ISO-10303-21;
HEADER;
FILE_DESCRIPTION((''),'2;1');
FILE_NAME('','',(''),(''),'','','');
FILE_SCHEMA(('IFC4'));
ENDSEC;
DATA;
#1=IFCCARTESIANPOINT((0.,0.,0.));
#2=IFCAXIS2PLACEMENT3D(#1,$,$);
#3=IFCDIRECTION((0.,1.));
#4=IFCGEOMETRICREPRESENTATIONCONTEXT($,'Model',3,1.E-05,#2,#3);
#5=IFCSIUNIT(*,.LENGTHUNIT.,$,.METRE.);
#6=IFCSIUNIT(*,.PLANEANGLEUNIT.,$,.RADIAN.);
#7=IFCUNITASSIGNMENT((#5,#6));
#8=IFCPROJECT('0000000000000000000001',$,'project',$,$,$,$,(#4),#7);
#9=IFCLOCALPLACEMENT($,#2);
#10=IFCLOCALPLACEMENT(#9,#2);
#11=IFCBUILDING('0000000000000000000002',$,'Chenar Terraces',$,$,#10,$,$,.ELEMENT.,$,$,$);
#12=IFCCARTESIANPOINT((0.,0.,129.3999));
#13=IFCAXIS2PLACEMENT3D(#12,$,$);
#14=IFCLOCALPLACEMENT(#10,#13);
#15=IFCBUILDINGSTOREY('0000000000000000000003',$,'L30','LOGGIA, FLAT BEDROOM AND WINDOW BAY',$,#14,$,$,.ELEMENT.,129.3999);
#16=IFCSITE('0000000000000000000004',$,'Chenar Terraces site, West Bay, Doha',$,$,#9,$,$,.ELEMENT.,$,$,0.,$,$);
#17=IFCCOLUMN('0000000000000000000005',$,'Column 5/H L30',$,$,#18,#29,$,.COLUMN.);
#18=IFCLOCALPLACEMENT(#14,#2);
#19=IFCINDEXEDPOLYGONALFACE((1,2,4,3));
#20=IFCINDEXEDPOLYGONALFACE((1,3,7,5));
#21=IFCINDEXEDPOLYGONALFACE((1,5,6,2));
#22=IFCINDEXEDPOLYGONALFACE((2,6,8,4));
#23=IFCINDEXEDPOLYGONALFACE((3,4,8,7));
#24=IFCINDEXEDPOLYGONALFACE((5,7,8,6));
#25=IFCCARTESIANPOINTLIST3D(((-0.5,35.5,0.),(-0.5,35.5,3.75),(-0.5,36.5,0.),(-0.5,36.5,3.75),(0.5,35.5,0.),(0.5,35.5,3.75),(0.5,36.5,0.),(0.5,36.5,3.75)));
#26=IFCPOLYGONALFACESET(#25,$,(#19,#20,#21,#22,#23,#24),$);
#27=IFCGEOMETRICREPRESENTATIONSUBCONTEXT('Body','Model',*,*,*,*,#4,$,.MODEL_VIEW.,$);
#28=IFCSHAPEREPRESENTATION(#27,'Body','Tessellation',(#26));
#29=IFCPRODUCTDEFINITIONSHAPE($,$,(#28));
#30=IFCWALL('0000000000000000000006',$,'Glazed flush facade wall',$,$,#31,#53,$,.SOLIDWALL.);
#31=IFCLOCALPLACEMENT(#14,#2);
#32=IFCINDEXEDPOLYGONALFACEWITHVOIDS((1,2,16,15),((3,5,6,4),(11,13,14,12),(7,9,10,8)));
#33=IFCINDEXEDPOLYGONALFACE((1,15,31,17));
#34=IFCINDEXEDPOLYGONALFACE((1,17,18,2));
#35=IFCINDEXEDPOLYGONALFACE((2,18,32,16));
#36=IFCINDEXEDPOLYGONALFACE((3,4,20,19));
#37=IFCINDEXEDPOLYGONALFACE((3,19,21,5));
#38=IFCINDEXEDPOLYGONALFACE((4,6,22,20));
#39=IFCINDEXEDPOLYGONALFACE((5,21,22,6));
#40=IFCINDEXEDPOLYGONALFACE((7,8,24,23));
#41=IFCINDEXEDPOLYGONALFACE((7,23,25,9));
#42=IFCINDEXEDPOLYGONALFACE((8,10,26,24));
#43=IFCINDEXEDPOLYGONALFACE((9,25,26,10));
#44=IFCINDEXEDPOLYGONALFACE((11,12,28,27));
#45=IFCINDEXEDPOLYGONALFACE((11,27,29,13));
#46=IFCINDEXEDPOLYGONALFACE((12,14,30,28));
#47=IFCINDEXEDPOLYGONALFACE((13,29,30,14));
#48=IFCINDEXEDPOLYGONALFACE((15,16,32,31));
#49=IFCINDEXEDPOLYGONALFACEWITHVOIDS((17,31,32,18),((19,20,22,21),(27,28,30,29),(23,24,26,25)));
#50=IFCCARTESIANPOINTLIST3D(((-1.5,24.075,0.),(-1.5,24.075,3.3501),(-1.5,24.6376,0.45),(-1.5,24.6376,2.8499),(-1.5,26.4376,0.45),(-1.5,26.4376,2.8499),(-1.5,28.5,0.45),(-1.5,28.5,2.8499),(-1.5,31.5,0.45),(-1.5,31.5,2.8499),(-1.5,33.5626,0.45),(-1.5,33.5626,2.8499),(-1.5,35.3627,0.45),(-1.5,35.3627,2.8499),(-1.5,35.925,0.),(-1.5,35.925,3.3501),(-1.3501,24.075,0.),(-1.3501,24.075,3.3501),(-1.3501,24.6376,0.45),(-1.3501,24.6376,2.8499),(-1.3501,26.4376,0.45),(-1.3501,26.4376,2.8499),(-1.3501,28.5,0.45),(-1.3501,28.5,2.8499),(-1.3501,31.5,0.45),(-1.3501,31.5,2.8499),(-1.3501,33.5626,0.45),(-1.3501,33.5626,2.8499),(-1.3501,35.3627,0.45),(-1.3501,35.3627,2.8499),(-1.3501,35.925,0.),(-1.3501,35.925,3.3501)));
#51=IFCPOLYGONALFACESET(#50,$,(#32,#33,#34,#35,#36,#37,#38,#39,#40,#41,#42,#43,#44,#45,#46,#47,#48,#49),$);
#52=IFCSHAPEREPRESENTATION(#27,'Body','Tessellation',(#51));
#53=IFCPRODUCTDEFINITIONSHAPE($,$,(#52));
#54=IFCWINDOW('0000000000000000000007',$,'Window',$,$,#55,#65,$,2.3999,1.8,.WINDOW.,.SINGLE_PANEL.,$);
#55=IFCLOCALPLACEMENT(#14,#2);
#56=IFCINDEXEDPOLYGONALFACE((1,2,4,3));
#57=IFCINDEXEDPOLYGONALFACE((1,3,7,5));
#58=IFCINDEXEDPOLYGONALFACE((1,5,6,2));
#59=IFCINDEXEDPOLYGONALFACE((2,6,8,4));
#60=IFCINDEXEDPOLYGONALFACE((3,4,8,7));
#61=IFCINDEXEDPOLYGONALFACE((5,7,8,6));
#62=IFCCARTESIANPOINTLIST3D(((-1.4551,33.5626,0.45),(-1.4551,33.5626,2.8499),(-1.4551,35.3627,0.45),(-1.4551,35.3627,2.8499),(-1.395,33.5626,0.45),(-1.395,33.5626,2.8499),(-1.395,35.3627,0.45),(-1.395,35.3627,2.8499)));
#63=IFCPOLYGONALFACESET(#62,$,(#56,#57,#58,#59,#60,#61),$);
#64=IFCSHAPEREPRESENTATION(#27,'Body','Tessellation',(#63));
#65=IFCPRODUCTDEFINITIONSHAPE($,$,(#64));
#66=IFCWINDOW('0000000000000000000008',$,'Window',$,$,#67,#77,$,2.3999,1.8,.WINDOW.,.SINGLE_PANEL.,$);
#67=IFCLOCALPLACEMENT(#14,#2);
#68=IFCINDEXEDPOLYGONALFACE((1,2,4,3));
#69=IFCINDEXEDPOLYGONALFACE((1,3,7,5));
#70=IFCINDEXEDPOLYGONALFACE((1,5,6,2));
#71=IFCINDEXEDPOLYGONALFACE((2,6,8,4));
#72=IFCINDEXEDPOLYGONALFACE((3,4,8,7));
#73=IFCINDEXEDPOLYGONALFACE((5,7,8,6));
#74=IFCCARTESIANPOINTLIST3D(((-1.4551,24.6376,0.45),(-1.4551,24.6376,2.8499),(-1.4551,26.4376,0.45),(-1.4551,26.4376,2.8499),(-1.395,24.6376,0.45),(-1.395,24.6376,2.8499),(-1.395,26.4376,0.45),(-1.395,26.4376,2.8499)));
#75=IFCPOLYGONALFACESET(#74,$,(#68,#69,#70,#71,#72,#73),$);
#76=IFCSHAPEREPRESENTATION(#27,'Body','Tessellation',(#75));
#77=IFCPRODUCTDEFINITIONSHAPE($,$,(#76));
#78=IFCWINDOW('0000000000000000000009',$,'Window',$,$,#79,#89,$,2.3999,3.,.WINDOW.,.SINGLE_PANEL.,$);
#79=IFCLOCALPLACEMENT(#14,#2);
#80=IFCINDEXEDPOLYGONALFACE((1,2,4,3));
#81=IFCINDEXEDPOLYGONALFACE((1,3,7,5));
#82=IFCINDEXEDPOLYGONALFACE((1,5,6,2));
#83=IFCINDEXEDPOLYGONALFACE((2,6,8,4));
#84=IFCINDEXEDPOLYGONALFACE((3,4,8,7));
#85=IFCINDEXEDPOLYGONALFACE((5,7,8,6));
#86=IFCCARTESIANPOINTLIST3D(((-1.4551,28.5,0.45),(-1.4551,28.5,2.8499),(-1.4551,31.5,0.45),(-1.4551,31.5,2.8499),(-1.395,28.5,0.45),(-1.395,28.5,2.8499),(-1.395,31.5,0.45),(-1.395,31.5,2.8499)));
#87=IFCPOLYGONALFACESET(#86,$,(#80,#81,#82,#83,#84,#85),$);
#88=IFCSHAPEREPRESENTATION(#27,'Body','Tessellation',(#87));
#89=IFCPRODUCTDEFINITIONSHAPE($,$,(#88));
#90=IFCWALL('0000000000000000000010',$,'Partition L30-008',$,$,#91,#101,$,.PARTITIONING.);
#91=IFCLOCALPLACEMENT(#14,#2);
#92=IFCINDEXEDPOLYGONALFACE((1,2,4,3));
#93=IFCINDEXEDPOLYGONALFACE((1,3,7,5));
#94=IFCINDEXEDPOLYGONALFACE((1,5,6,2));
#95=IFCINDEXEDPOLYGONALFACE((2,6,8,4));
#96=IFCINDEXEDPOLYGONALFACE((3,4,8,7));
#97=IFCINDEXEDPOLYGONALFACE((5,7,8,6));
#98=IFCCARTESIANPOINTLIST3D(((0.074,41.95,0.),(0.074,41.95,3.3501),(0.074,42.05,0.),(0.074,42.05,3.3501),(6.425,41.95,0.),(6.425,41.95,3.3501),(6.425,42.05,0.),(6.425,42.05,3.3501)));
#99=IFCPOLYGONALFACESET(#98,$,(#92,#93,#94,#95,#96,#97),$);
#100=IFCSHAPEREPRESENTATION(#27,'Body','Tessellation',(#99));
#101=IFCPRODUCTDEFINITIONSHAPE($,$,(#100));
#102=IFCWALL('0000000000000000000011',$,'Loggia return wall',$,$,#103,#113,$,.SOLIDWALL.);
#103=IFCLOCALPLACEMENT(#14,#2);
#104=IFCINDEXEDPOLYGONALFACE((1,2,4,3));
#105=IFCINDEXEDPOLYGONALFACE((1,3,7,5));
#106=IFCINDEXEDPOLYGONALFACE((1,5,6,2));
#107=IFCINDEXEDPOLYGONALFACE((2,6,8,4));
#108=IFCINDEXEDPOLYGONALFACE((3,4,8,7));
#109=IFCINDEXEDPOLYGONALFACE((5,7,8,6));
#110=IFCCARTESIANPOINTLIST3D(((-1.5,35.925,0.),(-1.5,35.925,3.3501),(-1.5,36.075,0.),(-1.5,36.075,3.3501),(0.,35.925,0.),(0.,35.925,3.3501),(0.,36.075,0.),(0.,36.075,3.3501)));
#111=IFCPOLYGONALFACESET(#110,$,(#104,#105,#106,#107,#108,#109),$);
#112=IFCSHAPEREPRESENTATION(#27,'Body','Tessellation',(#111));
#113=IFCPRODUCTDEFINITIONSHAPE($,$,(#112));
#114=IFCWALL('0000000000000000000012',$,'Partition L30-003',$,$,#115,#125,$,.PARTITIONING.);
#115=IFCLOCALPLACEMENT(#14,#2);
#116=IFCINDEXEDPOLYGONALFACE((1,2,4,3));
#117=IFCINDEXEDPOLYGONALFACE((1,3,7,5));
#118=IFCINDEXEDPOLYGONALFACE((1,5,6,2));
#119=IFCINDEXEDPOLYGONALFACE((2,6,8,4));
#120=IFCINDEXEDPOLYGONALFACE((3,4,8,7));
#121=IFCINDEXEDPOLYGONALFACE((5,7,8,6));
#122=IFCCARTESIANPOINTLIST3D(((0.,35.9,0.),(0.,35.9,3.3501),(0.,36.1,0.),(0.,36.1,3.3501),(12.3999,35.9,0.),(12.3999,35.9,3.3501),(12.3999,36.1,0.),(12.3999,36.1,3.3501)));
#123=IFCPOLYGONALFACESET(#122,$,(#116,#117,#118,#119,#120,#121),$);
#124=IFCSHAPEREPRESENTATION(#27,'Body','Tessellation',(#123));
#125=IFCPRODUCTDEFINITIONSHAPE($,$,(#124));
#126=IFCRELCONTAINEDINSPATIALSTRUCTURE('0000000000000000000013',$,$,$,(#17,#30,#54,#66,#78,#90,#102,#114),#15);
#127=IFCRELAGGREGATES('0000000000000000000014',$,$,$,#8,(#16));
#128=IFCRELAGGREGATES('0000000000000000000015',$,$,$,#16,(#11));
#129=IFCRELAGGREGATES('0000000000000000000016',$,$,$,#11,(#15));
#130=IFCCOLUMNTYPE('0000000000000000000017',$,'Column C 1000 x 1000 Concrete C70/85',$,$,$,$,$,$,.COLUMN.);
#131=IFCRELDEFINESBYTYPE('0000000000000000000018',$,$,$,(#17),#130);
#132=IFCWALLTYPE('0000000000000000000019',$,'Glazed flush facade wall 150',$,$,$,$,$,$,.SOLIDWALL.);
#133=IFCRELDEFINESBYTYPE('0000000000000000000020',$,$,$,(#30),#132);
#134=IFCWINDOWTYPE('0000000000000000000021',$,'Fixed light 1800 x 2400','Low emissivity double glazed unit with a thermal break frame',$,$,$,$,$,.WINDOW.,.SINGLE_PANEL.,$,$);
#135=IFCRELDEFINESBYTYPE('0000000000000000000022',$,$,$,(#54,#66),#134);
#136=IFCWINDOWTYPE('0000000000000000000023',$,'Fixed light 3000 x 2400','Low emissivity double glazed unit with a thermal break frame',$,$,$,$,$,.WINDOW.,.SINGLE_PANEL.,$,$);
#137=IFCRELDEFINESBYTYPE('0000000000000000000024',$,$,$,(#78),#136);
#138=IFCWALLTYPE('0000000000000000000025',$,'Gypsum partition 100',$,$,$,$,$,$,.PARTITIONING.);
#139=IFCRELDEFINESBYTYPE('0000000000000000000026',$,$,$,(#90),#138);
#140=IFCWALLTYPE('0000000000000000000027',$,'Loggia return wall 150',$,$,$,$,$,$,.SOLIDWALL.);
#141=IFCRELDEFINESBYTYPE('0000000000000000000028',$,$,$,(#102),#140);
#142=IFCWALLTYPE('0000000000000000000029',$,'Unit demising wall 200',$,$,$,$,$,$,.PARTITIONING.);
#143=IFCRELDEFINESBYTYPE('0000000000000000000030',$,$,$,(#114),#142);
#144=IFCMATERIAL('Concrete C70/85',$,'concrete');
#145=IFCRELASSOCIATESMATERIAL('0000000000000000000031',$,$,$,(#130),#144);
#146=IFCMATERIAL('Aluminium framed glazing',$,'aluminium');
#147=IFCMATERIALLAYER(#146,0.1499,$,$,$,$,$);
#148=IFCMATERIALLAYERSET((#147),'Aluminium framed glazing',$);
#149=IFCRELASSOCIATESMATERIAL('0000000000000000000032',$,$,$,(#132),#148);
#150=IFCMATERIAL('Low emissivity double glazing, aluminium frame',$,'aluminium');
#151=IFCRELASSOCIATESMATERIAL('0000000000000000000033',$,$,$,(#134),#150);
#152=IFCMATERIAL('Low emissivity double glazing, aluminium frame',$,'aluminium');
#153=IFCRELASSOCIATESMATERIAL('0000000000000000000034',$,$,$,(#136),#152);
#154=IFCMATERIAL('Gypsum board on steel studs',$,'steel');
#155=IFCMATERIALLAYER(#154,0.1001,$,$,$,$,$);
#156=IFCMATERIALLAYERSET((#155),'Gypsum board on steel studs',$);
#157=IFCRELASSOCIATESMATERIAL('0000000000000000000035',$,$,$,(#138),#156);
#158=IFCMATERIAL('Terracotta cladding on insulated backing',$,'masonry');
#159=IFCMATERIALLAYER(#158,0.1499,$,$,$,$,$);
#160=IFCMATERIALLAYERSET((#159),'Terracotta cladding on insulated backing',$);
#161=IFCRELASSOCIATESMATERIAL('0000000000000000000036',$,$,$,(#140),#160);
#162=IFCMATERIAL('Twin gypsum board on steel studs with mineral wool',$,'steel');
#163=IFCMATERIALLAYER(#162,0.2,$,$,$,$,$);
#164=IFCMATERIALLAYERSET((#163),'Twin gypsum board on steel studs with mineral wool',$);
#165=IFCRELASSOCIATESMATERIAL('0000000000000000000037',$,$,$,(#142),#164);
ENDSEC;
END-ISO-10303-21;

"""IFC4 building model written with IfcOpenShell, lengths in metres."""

from ifc_helpers import new_model, si_unit, direction, frame, frame_2d, origin, origin_2d, place, context, subcontext, project, spatial, rectangle, extrude, material, layer, layer_set, material_profile, profile_set, type_object, element, fill, save


model = new_model("IFC4")

# Units and contexts
model_context = context("Model", 3, precision=1e-05, world=origin(), true_north=direction((0.0, 1.0)))
body_context = subcontext(model_context, "Body", "Model", "MODEL_VIEW")
ifc_project = project(units=[si_unit("LENGTHUNIT", "METRE"), si_unit("PLANEANGLEUNIT", "RADIAN")], contexts=[model_context])

# Site, building, storey
site_placement = place(None, origin())
site = spatial("IfcSite", under=ifc_project, at=site_placement, Name="Chenar Terraces site, West Bay, Doha", CompositionType="ELEMENT", RefElevation=0.0)
building_placement = place(site_placement, origin())
building = spatial("IfcBuilding", under=site, at=building_placement, Name="Chenar Terraces", CompositionType="ELEMENT")
storey_placement = place(building_placement, frame((0.0, 0.0, 129.3999)))
storey = spatial("IfcBuildingStorey", under=building, at=storey_placement, Name="L30", Description="LOGGIA, FLAT BEDROOM AND WINDOW BAY", CompositionType="ELEMENT", Elevation=129.3999)

# Column
ifc_material_1 = material(Name="Concrete C70/85", Category="concrete")
ifc_material_profile_1 = material_profile(ifc_material_1, rectangle(XDim=1.0, YDim=1.0, at=origin_2d()), Name="C 1000 x 1000")
ifc_profile_set_1 = profile_set([ifc_material_profile_1], Name="Concrete C70/85")
column_type = type_object("IfcColumnType", Name="Column C 1000 x 1000 Concrete C70/85", PredefinedType="COLUMN", material=ifc_profile_set_1)
placement = place(storey_placement, frame((0.0, 36.0, 0.0), z_axis=(0.0, 0.0, 1.0), x_axis=(1.0, 0.0, 0.0)))
element("IfcColumn", 1, at=placement, inside=storey, type_object=column_type, Name="Column 5/H L30", PredefinedType="COLUMN", context=body_context, shape_type="SweptSolid", body=[
    extrude(rectangle(XDim=1.0, YDim=1.0, at=origin_2d()), origin(), (0.0, 0.0, 1.0), 3.75),
])

# Wall, openings, windows
ifc_material_2 = material(Name="Aluminium framed glazing", Category="aluminium")
ifc_layer_1 = layer(ifc_material_2, 0.1499)
ifc_layer_set_1 = layer_set([ifc_layer_1], Name="Aluminium framed glazing")
wall_type_1 = type_object("IfcWallType", Name="Glazed flush facade wall 150", PredefinedType="SOLIDWALL", material=ifc_layer_set_1)
wall_1_placement = place(storey_placement, frame((-1.425, 35.925, 0.0), z_axis=(0.0, 0.0, 1.0), x_axis=(0.0, -1.0, 0.0)))
wall_1 = element("IfcWall", 2, at=wall_1_placement, inside=storey, type_object=wall_type_1, Name="Glazed flush facade wall", PredefinedType="SOLIDWALL", context=body_context, shape_type="SweptSolid", body=[
    extrude(rectangle(XDim=11.8501, YDim=0.1499, at=frame_2d((5.925, 0.0))), origin(), (0.0, 0.0, 1.0), 3.3501),
])
opening_1_placement = place(wall_1_placement, frame((0.5625, 0.0, 0.45)))
opening_1 = element("IfcOpeningElement", 3, at=opening_1_placement, cuts=wall_1, PredefinedType="OPENING", context=body_context, shape_type="SweptSolid", body=[
    extrude(rectangle(XDim=1.8, YDim=2.3999, at=frame_2d((0.8999, 1.2))), frame((0.0, 0.085, 0.0), z_axis=(0.0, -1.0, 0.0), x_axis=(1.0, 0.0, 0.0)), (0.0, 0.0, 1.0), 0.1699),
])
opening_2_placement = place(wall_1_placement, frame((4.425, 0.0, 0.45)))
opening_2 = element("IfcOpeningElement", 4, at=opening_2_placement, cuts=wall_1, PredefinedType="OPENING", context=body_context, shape_type="SweptSolid", body=[
    extrude(rectangle(XDim=3.0, YDim=2.3999, at=frame_2d((1.5, 1.2))), frame((0.0, 0.085, 0.0), z_axis=(0.0, -1.0, 0.0), x_axis=(1.0, 0.0, 0.0)), (0.0, 0.0, 1.0), 0.1699),
])
opening_3_placement = place(wall_1_placement, frame((9.4875, 0.0, 0.45)))
opening_3 = element("IfcOpeningElement", 5, at=opening_3_placement, cuts=wall_1, PredefinedType="OPENING", context=body_context, shape_type="SweptSolid", body=[
    extrude(rectangle(XDim=1.8, YDim=2.3999, at=frame_2d((0.8999, 1.2))), frame((0.0, 0.085, 0.0), z_axis=(0.0, -1.0, 0.0), x_axis=(1.0, 0.0, 0.0)), (0.0, 0.0, 1.0), 0.1699),
])
ifc_material_3 = material(Name="Low emissivity double glazing, aluminium frame", Category="aluminium")
window_type_1 = type_object("IfcWindowType", Name="Fixed light 1800 x 2400", Description="Low emissivity double glazed unit with a thermal break frame", PartitioningType="SINGLE_PANEL", PredefinedType="WINDOW", material=ifc_material_3)
window_1_placement = place(opening_1_placement, origin())
window_1 = element("IfcWindow", 6, at=window_1_placement, inside=storey, type_object=window_type_1, Name="Window", OverallHeight=2.3999, OverallWidth=1.8, PartitioningType="SINGLE_PANEL", PredefinedType="WINDOW", context=body_context, shape_type="SweptSolid", body=[
    extrude(rectangle(XDim=1.8, YDim=2.3999, at=frame_2d((0.8999, 1.2))), frame((0.0, 0.03, 0.0), z_axis=(0.0, -1.0, 0.0), x_axis=(1.0, 0.0, 0.0)), (0.0, 0.0, 1.0), 0.0601),
])
fill(opening_1, window_1)
window_2_placement = place(opening_3_placement, origin())
window_2 = element("IfcWindow", 7, at=window_2_placement, inside=storey, type_object=window_type_1, Name="Window", OverallHeight=2.3999, OverallWidth=1.8, PartitioningType="SINGLE_PANEL", PredefinedType="WINDOW", context=body_context, shape_type="SweptSolid", body=[
    extrude(rectangle(XDim=1.8, YDim=2.3999, at=frame_2d((0.8999, 1.2))), frame((0.0, 0.03, 0.0), z_axis=(0.0, -1.0, 0.0), x_axis=(1.0, 0.0, 0.0)), (0.0, 0.0, 1.0), 0.0601),
])
fill(opening_3, window_2)
ifc_material_4 = material(Name="Low emissivity double glazing, aluminium frame", Category="aluminium")
window_type_2 = type_object("IfcWindowType", Name="Fixed light 3000 x 2400", Description="Low emissivity double glazed unit with a thermal break frame", PartitioningType="SINGLE_PANEL", PredefinedType="WINDOW", material=ifc_material_4)
window_3_placement = place(opening_2_placement, origin())
window_3 = element("IfcWindow", 8, at=window_3_placement, inside=storey, type_object=window_type_2, Name="Window", OverallHeight=2.3999, OverallWidth=3.0, PartitioningType="SINGLE_PANEL", PredefinedType="WINDOW", context=body_context, shape_type="SweptSolid", body=[
    extrude(rectangle(XDim=3.0, YDim=2.3999, at=frame_2d((1.5, 1.2))), frame((0.0, 0.03, 0.0), z_axis=(0.0, -1.0, 0.0), x_axis=(1.0, 0.0, 0.0)), (0.0, 0.0, 1.0), 0.0601),
])
fill(opening_2, window_3)

# Walls
ifc_material_5 = material(Name="Gypsum board on steel studs", Category="steel")
ifc_layer_2 = layer(ifc_material_5, 0.1001)
ifc_layer_set_2 = layer_set([ifc_layer_2], Name="Gypsum board on steel studs")
wall_type_2 = type_object("IfcWallType", Name="Gypsum partition 100", PredefinedType="PARTITIONING", material=ifc_layer_set_2)
wall_2_placement = place(storey_placement, frame((0.074, 42.0, 0.0), z_axis=(0.0, 0.0, 1.0), x_axis=(1.0, 0.0, 0.0)))
element("IfcWall", 9, at=wall_2_placement, inside=storey, type_object=wall_type_2, Name="Partition L30-008", PredefinedType="PARTITIONING", context=body_context, shape_type="SweptSolid", body=[
    extrude(rectangle(XDim=6.3511, YDim=0.1001, at=frame_2d((3.1755, 0.0))), origin(), (0.0, 0.0, 1.0), 3.3501),
])
ifc_material_6 = material(Name="Terracotta cladding on insulated backing", Category="masonry")
ifc_layer_3 = layer(ifc_material_6, 0.1499)
ifc_layer_set_3 = layer_set([ifc_layer_3], Name="Terracotta cladding on insulated backing")
wall_type_3 = type_object("IfcWallType", Name="Loggia return wall 150", PredefinedType="SOLIDWALL", material=ifc_layer_set_3)
wall_3_placement = place(storey_placement, frame((-1.5, 36.0, 0.0), z_axis=(0.0, 0.0, 1.0), x_axis=(1.0, 0.0, 0.0)))
element("IfcWall", 10, at=wall_3_placement, inside=storey, type_object=wall_type_3, Name="Loggia return wall", PredefinedType="SOLIDWALL", context=body_context, shape_type="SweptSolid", body=[
    extrude(rectangle(XDim=1.5, YDim=0.1499, at=frame_2d((0.75, 0.0))), origin(), (0.0, 0.0, 1.0), 3.3501),
])
ifc_material_7 = material(Name="Twin gypsum board on steel studs with mineral wool", Category="steel")
ifc_layer_4 = layer(ifc_material_7, 0.2)
ifc_layer_set_4 = layer_set([ifc_layer_4], Name="Twin gypsum board on steel studs with mineral wool")
wall_type_4 = type_object("IfcWallType", Name="Unit demising wall 200", PredefinedType="PARTITIONING", material=ifc_layer_set_4)
element("IfcWall", 11, at=placement, inside=storey, type_object=wall_type_4, Name="Partition L30-003", PredefinedType="PARTITIONING", context=body_context, shape_type="SweptSolid", body=[
    extrude(rectangle(XDim=12.3999, YDim=0.2, at=frame_2d((6.2, 0.0))), origin(), (0.0, 0.0, 1.0), 3.3501),
])

save(model, "model.ifc")
